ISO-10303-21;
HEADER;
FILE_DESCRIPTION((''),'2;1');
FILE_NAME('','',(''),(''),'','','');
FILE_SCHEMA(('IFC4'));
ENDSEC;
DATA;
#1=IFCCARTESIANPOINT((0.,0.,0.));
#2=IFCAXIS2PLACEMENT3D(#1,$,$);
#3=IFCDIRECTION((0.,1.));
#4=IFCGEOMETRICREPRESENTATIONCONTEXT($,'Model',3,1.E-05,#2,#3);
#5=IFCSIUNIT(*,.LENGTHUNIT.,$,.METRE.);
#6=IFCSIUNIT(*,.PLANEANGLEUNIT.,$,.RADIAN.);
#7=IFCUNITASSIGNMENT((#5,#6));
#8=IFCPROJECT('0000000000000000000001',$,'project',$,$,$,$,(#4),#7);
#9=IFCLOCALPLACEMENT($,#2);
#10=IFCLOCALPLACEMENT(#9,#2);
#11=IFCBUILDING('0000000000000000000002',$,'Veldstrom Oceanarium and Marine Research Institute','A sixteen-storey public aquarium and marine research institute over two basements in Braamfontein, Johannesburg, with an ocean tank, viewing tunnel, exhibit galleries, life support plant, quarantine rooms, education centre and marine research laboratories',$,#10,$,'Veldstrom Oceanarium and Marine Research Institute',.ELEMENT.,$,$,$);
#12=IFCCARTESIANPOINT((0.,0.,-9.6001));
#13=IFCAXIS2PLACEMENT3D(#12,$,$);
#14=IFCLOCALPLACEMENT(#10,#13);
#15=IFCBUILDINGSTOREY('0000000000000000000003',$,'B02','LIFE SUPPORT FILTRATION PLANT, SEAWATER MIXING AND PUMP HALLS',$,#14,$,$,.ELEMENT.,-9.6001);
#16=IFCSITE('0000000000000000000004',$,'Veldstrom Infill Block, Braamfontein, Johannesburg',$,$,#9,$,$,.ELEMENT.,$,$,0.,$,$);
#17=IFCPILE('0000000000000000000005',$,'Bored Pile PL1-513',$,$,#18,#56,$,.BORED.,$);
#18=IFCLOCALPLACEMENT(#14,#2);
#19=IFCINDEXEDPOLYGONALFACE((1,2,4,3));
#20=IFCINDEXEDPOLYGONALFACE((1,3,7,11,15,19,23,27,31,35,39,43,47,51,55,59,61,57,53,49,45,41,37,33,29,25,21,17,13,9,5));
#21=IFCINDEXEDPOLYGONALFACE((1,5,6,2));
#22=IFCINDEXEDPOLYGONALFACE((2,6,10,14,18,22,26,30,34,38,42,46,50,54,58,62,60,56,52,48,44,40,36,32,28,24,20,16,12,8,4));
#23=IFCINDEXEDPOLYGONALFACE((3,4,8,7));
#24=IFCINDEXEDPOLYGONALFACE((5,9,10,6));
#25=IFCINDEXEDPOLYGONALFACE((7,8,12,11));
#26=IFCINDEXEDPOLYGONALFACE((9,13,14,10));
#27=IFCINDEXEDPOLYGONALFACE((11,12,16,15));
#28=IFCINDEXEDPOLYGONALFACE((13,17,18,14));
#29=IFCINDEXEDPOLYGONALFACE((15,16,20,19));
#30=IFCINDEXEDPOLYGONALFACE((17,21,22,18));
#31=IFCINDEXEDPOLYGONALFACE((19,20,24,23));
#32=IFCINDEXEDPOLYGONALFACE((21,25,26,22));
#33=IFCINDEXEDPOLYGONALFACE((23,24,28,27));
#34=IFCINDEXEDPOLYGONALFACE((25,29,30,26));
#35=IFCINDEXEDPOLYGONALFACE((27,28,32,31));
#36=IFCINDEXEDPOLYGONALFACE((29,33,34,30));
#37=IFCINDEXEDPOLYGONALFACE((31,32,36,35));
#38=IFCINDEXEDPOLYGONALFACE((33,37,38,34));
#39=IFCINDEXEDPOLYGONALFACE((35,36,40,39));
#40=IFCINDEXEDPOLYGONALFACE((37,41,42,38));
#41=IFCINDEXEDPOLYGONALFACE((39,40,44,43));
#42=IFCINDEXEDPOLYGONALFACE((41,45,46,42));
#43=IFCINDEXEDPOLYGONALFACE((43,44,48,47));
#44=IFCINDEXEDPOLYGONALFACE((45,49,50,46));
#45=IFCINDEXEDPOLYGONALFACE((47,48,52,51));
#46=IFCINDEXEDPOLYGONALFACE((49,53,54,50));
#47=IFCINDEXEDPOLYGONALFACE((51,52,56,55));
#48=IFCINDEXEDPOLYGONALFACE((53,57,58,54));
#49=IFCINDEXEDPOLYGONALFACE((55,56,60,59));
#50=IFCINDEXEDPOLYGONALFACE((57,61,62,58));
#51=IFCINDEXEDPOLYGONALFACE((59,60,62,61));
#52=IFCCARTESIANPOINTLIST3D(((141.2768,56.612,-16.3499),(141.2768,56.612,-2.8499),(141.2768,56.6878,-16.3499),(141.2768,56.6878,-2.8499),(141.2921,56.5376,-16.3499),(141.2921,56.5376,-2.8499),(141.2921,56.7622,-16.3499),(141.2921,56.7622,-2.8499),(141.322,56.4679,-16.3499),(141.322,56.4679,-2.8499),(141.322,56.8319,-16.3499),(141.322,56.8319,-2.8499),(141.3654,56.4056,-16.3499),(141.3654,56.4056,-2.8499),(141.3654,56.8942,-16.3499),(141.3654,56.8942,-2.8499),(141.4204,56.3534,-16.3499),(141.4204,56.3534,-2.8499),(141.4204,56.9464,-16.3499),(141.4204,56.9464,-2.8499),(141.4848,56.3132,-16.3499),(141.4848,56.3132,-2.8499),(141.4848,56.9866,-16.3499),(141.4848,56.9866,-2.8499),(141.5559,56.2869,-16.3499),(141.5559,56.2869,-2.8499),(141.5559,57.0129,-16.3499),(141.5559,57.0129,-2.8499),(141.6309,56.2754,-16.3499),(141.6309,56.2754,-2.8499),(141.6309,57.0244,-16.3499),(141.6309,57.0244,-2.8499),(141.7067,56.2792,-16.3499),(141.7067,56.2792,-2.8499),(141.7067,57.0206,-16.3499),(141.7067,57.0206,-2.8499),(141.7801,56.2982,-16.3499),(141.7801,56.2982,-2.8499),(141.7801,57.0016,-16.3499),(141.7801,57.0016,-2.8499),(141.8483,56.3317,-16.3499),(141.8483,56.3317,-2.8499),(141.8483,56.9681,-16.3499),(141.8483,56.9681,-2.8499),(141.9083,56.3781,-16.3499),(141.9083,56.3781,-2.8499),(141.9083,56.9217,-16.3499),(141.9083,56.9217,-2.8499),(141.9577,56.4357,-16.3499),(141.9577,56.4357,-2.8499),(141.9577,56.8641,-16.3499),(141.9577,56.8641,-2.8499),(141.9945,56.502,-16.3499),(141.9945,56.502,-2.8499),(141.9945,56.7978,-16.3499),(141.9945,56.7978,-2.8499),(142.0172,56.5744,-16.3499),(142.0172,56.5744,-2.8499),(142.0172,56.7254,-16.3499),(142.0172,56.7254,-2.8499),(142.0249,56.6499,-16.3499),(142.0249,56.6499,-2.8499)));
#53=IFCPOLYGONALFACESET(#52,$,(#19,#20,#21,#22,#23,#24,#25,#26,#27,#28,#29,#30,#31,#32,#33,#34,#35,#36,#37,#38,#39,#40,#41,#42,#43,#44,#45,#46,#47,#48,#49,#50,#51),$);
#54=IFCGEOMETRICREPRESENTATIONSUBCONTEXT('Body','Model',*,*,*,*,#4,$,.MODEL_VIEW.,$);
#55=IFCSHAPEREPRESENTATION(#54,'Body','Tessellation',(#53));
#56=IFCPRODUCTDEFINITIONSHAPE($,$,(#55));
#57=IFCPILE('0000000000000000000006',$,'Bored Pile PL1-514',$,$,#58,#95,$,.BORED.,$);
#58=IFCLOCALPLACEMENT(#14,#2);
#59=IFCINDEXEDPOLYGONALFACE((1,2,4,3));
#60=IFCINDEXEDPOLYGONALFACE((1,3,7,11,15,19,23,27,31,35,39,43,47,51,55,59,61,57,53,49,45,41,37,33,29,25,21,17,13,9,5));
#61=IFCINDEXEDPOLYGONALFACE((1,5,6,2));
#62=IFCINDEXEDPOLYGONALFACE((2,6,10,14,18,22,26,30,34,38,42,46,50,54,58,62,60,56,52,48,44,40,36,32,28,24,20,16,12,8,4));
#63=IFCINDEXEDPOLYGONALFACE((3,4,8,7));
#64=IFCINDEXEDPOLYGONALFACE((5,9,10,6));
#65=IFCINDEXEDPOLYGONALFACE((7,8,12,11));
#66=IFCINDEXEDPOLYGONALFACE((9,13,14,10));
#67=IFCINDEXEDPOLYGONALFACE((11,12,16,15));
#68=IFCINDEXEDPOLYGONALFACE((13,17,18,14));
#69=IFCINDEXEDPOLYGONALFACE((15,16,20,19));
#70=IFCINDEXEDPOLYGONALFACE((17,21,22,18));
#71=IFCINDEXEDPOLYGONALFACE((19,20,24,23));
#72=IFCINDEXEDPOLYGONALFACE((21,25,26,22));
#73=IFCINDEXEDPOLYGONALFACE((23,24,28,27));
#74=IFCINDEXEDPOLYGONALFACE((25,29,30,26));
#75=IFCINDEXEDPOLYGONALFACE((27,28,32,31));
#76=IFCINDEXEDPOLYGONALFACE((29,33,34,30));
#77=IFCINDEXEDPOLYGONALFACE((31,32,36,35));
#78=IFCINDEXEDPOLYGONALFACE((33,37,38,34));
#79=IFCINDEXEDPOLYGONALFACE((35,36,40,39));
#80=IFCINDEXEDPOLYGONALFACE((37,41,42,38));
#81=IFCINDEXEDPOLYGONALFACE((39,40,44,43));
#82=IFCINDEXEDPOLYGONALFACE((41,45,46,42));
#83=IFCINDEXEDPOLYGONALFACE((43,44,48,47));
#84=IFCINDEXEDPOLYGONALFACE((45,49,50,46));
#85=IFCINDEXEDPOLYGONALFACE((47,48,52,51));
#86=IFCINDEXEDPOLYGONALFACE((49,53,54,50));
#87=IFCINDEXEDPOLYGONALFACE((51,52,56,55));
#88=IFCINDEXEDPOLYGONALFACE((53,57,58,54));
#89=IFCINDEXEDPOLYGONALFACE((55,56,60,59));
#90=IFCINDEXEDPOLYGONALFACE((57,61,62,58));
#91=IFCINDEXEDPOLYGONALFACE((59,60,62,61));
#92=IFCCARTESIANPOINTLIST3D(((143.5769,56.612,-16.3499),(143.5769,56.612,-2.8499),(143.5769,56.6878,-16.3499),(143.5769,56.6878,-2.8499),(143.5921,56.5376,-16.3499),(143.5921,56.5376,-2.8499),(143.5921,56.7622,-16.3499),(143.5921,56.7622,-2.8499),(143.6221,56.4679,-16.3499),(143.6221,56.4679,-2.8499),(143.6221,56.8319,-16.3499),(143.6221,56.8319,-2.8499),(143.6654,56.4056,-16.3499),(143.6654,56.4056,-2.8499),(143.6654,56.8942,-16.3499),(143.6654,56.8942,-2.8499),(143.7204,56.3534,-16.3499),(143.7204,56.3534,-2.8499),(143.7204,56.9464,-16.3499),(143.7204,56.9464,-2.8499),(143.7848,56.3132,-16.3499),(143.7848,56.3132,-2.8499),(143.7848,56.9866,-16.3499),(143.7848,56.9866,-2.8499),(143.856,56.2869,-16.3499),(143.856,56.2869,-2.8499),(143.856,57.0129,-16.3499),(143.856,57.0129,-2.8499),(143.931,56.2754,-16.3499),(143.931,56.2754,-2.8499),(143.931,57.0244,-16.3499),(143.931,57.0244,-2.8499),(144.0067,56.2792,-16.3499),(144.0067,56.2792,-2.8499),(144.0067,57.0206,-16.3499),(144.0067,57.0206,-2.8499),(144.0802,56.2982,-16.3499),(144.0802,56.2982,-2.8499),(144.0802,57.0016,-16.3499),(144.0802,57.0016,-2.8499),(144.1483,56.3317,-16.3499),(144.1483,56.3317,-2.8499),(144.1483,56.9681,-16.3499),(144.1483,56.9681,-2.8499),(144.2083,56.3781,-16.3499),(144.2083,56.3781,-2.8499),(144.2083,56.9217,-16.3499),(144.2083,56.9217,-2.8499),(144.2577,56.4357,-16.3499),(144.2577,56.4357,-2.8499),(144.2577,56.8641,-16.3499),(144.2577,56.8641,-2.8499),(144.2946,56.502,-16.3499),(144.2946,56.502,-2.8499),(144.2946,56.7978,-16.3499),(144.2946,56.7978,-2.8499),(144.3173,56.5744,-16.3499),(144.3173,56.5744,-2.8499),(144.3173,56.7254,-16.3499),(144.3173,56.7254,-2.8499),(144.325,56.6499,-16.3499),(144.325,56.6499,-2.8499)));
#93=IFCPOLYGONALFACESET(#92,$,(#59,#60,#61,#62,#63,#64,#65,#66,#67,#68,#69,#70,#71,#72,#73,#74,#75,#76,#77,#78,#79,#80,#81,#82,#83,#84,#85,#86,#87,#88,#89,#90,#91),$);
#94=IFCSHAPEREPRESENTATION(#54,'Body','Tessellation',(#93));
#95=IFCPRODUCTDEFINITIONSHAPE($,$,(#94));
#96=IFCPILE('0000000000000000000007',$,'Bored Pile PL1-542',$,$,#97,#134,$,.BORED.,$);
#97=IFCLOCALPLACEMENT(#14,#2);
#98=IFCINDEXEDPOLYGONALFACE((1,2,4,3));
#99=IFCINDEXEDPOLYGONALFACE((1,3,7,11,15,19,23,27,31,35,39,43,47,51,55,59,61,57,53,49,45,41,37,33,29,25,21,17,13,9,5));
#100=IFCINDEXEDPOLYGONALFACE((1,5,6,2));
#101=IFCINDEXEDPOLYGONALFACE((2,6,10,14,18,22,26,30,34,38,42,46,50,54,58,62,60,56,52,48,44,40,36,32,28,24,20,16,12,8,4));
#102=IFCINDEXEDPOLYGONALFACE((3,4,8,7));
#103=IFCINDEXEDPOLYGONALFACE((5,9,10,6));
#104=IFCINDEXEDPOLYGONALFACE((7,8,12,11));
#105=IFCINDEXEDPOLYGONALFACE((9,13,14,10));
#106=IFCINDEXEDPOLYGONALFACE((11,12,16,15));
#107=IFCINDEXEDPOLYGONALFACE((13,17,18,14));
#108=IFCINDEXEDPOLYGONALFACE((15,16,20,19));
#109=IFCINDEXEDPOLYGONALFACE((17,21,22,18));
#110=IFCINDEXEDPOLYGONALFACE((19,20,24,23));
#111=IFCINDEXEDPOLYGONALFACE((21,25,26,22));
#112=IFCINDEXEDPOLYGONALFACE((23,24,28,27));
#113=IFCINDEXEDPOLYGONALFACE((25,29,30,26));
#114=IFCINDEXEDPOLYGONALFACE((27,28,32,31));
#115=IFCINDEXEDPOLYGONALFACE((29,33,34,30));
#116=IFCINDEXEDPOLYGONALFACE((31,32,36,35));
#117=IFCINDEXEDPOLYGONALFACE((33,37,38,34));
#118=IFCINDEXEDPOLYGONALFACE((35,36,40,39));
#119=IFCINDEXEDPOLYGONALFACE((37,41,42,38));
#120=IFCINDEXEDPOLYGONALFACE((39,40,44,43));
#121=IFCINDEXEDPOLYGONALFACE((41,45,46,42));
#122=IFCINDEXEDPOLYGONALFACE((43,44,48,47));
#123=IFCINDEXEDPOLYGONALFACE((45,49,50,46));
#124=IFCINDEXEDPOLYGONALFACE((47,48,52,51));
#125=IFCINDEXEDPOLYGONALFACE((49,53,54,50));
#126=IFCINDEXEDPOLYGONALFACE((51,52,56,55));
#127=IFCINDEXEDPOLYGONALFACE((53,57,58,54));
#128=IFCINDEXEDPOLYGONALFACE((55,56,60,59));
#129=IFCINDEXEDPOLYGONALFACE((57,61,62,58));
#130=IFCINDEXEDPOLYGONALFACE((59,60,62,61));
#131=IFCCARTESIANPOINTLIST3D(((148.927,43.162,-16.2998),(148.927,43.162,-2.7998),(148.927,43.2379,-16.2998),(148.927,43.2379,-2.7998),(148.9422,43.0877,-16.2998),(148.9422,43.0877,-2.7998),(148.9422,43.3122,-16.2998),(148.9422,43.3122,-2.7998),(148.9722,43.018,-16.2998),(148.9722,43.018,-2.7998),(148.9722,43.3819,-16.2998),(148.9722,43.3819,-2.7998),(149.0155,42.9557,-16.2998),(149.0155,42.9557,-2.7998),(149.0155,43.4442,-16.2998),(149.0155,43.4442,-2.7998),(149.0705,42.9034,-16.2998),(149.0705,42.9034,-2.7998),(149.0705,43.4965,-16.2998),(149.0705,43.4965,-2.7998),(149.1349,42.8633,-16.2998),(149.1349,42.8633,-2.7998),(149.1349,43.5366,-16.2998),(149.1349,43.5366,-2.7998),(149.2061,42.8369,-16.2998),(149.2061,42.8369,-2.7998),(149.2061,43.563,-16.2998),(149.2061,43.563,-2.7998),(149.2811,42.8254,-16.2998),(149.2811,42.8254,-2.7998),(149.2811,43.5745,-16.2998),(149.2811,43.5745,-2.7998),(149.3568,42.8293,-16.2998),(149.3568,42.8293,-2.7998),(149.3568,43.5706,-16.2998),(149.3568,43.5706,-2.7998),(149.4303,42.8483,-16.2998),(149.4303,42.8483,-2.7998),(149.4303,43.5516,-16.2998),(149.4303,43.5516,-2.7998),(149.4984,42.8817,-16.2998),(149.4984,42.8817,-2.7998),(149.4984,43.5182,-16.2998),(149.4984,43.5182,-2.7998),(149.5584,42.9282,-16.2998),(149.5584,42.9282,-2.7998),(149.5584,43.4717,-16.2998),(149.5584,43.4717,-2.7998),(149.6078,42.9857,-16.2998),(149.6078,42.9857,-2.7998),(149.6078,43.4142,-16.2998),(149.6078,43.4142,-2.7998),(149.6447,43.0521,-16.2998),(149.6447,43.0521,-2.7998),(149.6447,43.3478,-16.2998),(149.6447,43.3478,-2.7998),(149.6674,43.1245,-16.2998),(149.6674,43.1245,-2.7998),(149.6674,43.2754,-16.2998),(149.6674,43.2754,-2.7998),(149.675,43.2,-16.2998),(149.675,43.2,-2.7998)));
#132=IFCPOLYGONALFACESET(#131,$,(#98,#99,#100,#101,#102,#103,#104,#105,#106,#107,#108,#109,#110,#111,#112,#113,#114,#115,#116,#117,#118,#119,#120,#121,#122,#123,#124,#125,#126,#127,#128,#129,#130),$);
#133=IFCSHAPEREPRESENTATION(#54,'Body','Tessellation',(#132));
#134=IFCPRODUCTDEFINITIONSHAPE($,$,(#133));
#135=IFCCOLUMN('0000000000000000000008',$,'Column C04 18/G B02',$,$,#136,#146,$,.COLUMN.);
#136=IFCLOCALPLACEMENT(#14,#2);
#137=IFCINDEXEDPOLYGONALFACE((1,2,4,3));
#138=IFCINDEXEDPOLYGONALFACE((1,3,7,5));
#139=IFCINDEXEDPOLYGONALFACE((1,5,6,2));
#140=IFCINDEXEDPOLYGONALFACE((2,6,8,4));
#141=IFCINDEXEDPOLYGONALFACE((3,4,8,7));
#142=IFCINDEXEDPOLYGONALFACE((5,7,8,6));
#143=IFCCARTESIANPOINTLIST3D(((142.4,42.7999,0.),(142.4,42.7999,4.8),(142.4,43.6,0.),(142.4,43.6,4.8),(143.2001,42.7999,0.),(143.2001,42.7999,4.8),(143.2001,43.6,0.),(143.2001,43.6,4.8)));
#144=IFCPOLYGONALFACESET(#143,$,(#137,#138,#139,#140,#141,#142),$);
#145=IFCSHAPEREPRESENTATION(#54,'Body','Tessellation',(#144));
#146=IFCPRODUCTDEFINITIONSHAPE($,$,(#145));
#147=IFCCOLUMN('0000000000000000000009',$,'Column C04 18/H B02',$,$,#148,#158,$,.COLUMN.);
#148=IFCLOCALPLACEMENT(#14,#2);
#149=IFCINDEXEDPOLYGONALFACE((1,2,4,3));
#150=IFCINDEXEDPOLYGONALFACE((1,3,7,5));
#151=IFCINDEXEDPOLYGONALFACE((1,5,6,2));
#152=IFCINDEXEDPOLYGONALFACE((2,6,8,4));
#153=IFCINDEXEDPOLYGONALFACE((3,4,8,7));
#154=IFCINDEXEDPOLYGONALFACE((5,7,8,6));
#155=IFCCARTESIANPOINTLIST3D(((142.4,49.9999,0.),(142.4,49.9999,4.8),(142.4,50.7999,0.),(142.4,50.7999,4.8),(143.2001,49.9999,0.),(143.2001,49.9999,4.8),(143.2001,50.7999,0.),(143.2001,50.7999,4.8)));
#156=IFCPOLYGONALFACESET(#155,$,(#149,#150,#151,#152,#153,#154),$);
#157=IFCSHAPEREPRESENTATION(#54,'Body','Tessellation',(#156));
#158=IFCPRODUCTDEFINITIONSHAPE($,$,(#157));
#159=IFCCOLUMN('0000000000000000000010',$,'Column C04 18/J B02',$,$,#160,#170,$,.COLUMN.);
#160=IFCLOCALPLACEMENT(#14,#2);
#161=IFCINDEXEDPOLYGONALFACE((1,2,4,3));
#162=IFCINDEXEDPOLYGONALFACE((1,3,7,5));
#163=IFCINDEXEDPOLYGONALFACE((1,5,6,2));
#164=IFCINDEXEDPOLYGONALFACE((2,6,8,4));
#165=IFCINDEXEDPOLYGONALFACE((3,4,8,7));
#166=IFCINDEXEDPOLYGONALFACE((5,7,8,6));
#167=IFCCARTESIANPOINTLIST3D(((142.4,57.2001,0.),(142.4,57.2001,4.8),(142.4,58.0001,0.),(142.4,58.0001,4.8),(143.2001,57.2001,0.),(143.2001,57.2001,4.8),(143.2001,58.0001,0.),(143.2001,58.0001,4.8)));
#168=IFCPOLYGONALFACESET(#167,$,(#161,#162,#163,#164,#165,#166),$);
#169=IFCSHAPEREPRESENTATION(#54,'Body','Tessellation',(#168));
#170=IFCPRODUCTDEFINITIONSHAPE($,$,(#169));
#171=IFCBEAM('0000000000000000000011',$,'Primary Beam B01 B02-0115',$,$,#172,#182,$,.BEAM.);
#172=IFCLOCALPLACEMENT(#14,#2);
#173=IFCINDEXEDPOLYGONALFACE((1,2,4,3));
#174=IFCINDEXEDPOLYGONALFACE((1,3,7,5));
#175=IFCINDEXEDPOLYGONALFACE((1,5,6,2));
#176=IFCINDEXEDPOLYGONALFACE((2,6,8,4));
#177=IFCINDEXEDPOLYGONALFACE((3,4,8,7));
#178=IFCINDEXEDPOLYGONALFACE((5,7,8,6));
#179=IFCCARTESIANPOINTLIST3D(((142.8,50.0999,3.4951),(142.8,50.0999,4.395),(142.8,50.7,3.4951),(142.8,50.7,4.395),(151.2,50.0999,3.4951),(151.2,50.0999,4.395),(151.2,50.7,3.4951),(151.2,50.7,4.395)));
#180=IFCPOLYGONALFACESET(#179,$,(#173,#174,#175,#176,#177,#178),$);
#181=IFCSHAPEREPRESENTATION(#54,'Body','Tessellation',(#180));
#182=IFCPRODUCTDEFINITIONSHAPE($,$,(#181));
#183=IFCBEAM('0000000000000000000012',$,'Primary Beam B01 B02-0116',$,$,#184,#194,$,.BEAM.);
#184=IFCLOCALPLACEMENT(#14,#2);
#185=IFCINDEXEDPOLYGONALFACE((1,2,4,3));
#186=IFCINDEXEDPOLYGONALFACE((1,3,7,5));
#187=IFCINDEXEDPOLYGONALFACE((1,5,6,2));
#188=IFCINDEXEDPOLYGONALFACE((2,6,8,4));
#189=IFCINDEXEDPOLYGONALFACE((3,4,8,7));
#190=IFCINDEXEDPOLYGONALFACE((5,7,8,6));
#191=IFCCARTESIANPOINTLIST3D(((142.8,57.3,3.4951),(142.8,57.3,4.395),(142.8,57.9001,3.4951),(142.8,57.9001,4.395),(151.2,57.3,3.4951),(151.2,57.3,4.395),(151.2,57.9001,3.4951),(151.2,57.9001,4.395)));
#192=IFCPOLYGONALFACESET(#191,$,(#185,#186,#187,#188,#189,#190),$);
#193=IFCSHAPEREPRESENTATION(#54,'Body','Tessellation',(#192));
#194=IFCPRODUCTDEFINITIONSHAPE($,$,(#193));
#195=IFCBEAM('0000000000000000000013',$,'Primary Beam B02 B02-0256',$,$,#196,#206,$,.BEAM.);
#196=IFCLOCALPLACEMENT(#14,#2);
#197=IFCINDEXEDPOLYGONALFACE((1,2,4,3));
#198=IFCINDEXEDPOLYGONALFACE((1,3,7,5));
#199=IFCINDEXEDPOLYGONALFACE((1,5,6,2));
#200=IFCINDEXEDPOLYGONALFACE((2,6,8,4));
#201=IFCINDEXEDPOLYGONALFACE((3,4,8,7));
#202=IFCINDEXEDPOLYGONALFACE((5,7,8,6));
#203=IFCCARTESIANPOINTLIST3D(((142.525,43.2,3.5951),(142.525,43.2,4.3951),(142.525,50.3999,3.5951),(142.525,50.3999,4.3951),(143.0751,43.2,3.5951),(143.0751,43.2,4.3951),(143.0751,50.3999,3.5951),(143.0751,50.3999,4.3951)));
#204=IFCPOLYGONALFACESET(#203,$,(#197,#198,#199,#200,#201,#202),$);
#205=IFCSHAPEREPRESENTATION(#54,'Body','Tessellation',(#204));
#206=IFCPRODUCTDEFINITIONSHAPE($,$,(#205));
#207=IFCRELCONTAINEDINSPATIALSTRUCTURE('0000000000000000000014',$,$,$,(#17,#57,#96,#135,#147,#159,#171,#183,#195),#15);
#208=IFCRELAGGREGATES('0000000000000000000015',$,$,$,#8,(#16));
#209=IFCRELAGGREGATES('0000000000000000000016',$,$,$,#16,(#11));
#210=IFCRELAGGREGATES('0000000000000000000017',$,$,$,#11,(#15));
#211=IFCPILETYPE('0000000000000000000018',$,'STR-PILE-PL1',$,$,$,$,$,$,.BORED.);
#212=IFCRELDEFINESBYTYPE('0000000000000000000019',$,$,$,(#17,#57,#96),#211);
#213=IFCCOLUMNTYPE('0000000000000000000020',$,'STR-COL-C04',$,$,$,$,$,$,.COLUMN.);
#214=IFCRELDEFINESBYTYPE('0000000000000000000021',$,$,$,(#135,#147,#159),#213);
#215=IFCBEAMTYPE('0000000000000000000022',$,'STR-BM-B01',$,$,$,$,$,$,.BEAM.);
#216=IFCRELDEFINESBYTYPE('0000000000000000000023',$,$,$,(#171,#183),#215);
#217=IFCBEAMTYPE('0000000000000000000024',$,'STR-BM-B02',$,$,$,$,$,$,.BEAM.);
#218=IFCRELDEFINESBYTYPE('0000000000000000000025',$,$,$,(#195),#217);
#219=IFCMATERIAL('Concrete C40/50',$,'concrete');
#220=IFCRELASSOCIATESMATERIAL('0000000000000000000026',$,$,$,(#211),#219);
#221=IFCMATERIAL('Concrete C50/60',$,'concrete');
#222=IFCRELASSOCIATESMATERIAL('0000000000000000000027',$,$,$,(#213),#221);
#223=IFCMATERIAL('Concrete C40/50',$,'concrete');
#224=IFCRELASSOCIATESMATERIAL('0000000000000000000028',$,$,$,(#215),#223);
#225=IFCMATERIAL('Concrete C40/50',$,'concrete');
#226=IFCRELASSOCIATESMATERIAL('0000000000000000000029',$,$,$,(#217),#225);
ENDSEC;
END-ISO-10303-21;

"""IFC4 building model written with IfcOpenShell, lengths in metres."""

from ifc_helpers import new_model, si_unit, direction, frame, origin, origin_2d, place, context, subcontext, project, spatial, rectangle, circle, extrude, material, material_profile, profile_set, type_object, element, save


model = new_model("IFC4")

# Units and contexts
model_context = context("Model", 3, precision=1e-05, world=origin(), true_north=direction((0.0, 1.0)))
body_context = subcontext(model_context, "Body", "Model", "MODEL_VIEW")
ifc_project = project(units=[si_unit("LENGTHUNIT", "METRE"), si_unit("PLANEANGLEUNIT", "RADIAN")], contexts=[model_context])

# Site, building, storey
site_placement = place(None, origin())
site = spatial("IfcSite", under=ifc_project, at=site_placement, Name="Veldstrom Infill Block, Braamfontein, Johannesburg", CompositionType="ELEMENT", RefElevation=0.0)
building_placement = place(site_placement, origin())
building = spatial("IfcBuilding", under=site, at=building_placement, Name="Veldstrom Oceanarium and Marine Research Institute", Description="A sixteen-storey public aquarium and marine research institute over two basements in Braamfontein, Johannesburg, with an ocean tank, viewing tunnel, exhibit galleries, life support plant, quarantine rooms, education centre and marine research laboratories", LongName="Veldstrom Oceanarium and Marine Research Institute", CompositionType="ELEMENT")
storey_placement = place(building_placement, frame((0.0, 0.0, -9.6001)))
storey = spatial("IfcBuildingStorey", under=building, at=storey_placement, Name="B02", Description="LIFE SUPPORT FILTRATION PLANT, SEAWATER MIXING AND PUMP HALLS", CompositionType="ELEMENT", Elevation=-9.6001)

# Piles
ifc_material_1 = material(Name="Concrete C40/50", Category="concrete")
ifc_material_profile_1 = material_profile(ifc_material_1, circle(Radius=0.375, at=origin_2d()), Name="PILE-D750")
ifc_profile_set_1 = profile_set([ifc_material_profile_1], Name="Concrete C40/50")
pile_type = type_object("IfcPileType", Name="STR-PILE-PL1", PredefinedType="BORED", material=ifc_profile_set_1)
for number, where, z_axis, x_axis, name in (
    (1, (141.6499, 56.6499, -2.8499), (0.0, 0.0, -1.0), (1.0, 0.0, 0.0), "Bored Pile PL1-513"),
    (2, (143.95, 56.6499, -2.8499), (0.0, 0.0, -1.0), (1.0, 0.0, 0.0), "Bored Pile PL1-514"),
    (3, (149.3, 43.2, -2.7998), (0.0, 0.0, -1.0), (1.0, 0.0, 0.0), "Bored Pile PL1-542"),
):
    element("IfcPile", number, at=place(storey_placement, frame(where, z_axis=z_axis, x_axis=x_axis)), inside=storey, type_object=pile_type, Name=name, PredefinedType="BORED", context=body_context, shape_type="SweptSolid", body=[
        extrude(circle(Radius=0.375, at=origin_2d()), origin(), (0.0, 0.0, 1.0), 13.5),
    ])

# Columns
ifc_material_2 = material(Name="Concrete C50/60", Category="concrete")
ifc_material_profile_2 = material_profile(ifc_material_2, rectangle(XDim=0.8, YDim=0.8, at=origin_2d()), Name="RC-COL-800x800")
ifc_profile_set_2 = profile_set([ifc_material_profile_2], Name="Concrete C50/60")
column_type = type_object("IfcColumnType", Name="STR-COL-C04", PredefinedType="COLUMN", material=ifc_profile_set_2)
for number, where, z_axis, x_axis, name in (
    (4, (142.8, 43.2, 0.0), (0.0, 0.0, 1.0), (1.0, 0.0, 0.0), "Column C04 18/G B02"),
    (5, (142.8, 50.3999, 0.0), (0.0, 0.0, 1.0), (1.0, 0.0, 0.0), "Column C04 18/H B02"),
    (6, (142.8, 57.6001, 0.0), (0.0, 0.0, 1.0), (1.0, 0.0, 0.0), "Column C04 18/J B02"),
):
    element("IfcColumn", number, at=place(storey_placement, frame(where, z_axis=z_axis, x_axis=x_axis)), inside=storey, type_object=column_type, Name=name, PredefinedType="COLUMN", context=body_context, shape_type="SweptSolid", body=[
        extrude(rectangle(XDim=0.8, YDim=0.8, at=origin_2d()), origin(), (0.0, 0.0, 1.0), 4.8),
    ])

# Beams
ifc_material_3 = material(Name="Concrete C40/50", Category="concrete")
ifc_material_profile_3 = material_profile(ifc_material_3, rectangle(XDim=0.6001, YDim=0.8999, at=origin_2d()), Name="RC-BM-600x900")
ifc_profile_set_3 = profile_set([ifc_material_profile_3], Name="Concrete C40/50")
beam_type_1 = type_object("IfcBeamType", Name="STR-BM-B01", PredefinedType="BEAM", material=ifc_profile_set_3)
for number, where, z_axis, x_axis, name in (
    (7, (142.8, 50.3999, 3.9451), (1.0, 0.0, 0.0), (0.0, 1.0, 0.0), "Primary Beam B01 B02-0115"),
    (8, (142.8, 57.6001, 3.9451), (1.0, 0.0, 0.0), (0.0, 1.0, 0.0), "Primary Beam B01 B02-0116"),
):
    element("IfcBeam", number, at=place(storey_placement, frame(where, z_axis=z_axis, x_axis=x_axis)), inside=storey, type_object=beam_type_1, Name=name, PredefinedType="BEAM", context=body_context, shape_type="SweptSolid", body=[
        extrude(rectangle(XDim=0.6001, YDim=0.8999, at=origin_2d()), origin(), (0.0, 0.0, 1.0), 8.3999),
    ])
ifc_material_4 = material(Name="Concrete C40/50", Category="concrete")
ifc_material_profile_4 = material_profile(ifc_material_4, rectangle(XDim=0.55, YDim=0.8, at=origin_2d()), Name="RC-BM-550x800")
ifc_profile_set_4 = profile_set([ifc_material_profile_4], Name="Concrete C40/50")
beam_type_2 = type_object("IfcBeamType", Name="STR-BM-B02", PredefinedType="BEAM", material=ifc_profile_set_4)
beam_1_placement = place(storey_placement, frame((142.8, 43.2, 3.9951), z_axis=(0.0, 1.0, 0.0), x_axis=(-1.0, 0.0, 0.0)))
element("IfcBeam", 9, at=beam_1_placement, inside=storey, type_object=beam_type_2, Name="Primary Beam B02 B02-0256", PredefinedType="BEAM", context=body_context, shape_type="SweptSolid", body=[
    extrude(rectangle(XDim=0.55, YDim=0.8, at=origin_2d()), origin(), (0.0, 0.0, 1.0), 7.2),
])

save(model, "model.ifc")
